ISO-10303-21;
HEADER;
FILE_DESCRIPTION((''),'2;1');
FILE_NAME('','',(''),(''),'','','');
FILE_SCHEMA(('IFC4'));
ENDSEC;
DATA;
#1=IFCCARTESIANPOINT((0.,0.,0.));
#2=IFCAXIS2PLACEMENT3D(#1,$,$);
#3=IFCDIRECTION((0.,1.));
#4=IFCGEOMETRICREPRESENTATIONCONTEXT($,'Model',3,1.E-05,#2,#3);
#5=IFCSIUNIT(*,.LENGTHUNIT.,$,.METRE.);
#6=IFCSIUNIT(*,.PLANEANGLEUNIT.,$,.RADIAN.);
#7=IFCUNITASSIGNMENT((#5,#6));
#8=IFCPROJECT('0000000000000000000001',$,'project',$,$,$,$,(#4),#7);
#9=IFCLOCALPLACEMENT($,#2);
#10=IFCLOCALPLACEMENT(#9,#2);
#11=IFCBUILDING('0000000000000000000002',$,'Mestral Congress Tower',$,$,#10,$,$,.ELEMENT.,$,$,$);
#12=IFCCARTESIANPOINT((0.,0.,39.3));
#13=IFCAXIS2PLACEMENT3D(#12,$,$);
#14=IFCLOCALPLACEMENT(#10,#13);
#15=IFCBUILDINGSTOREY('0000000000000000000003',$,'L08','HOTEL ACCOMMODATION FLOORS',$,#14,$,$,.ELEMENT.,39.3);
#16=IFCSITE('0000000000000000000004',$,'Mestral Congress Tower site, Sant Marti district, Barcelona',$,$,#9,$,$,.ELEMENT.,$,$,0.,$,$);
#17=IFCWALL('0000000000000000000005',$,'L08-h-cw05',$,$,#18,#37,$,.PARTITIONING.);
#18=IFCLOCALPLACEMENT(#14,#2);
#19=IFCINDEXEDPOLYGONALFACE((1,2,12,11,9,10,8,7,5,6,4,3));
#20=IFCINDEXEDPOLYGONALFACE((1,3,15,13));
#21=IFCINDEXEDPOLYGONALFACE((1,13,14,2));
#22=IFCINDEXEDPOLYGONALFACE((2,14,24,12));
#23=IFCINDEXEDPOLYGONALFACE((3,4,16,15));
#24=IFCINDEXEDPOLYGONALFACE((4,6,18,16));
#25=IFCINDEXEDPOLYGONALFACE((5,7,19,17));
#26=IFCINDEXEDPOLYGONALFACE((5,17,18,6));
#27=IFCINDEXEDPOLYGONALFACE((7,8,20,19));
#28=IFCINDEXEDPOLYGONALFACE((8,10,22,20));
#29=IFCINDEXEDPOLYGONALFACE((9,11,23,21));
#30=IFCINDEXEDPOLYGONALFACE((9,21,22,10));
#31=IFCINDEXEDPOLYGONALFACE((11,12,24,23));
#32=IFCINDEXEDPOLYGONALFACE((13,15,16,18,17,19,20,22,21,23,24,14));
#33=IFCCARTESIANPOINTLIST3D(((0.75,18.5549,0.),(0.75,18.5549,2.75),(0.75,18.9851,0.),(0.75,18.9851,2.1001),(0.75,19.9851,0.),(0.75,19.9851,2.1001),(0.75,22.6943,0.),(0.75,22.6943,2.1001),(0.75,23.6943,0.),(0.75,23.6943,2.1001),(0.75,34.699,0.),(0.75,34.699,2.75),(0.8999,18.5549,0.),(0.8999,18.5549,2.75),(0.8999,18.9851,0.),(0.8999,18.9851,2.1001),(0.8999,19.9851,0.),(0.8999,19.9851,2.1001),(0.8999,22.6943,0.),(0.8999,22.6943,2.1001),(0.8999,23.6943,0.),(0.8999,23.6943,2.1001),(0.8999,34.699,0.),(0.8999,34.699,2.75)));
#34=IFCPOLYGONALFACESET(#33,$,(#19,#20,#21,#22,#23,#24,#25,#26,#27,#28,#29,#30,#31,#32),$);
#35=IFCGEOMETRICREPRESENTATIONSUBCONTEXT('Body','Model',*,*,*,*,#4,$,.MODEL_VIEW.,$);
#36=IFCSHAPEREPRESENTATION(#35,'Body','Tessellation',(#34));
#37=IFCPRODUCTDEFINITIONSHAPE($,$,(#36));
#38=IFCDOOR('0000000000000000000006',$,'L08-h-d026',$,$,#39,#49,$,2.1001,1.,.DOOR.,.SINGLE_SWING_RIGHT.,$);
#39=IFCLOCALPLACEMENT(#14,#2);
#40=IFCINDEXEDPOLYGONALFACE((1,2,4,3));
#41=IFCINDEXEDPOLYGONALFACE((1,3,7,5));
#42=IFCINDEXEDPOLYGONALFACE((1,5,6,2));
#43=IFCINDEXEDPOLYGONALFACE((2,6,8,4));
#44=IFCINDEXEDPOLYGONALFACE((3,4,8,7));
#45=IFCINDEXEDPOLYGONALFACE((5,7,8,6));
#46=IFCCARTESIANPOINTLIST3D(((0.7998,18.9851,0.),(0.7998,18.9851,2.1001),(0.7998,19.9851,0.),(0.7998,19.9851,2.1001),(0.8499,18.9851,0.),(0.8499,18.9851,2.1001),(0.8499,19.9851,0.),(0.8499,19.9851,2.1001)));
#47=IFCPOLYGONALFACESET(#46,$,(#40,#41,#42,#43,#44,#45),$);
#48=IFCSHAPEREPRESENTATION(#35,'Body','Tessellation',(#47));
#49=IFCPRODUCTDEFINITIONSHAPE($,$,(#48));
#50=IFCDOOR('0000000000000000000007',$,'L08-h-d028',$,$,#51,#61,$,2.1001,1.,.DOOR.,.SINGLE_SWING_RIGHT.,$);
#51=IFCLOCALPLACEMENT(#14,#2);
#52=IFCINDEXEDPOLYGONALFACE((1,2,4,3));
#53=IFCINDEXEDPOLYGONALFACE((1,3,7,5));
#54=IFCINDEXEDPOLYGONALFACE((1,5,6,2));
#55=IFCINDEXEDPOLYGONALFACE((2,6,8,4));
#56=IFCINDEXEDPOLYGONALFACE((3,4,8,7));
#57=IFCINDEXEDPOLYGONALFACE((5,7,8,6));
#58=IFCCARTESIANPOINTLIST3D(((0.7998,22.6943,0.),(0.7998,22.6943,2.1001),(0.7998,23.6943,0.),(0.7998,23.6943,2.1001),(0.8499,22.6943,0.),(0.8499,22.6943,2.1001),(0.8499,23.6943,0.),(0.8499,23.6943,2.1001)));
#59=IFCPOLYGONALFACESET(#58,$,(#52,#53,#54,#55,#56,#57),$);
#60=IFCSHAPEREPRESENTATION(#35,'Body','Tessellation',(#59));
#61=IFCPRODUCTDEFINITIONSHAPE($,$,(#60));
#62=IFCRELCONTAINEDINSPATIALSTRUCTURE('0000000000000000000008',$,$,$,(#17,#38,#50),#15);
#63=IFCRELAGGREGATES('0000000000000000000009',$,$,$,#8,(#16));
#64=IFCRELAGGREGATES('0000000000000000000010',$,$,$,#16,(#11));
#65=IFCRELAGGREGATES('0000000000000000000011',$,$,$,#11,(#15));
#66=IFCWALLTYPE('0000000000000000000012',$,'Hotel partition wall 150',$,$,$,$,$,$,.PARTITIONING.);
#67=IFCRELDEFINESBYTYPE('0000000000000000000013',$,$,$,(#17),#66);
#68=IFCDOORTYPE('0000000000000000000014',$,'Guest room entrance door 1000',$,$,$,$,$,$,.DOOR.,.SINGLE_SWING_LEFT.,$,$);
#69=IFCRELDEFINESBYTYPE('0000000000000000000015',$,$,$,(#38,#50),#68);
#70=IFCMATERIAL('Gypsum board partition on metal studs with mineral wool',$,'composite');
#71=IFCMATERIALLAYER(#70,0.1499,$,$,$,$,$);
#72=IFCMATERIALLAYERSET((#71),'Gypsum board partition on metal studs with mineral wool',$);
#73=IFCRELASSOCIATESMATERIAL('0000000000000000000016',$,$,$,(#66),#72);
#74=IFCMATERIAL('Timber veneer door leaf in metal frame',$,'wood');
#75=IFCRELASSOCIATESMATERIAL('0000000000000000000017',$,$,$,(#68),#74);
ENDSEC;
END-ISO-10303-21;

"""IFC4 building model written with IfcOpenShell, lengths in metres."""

from ifc_helpers import new_model, si_unit, direction, frame, frame_2d, origin, place, context, subcontext, project, spatial, rectangle, extrude, material, layer, layer_set, type_object, element, fill, save


model = new_model("IFC4")

# Units and contexts
model_context = context("Model", 3, precision=1e-05, world=origin(), true_north=direction((0.0, 1.0)))
body_context = subcontext(model_context, "Body", "Model", "MODEL_VIEW")
ifc_project = project(units=[si_unit("LENGTHUNIT", "METRE"), si_unit("PLANEANGLEUNIT", "RADIAN")], contexts=[model_context])

# Site, building, storey
site_placement = place(None, origin())
site = spatial("IfcSite", under=ifc_project, at=site_placement, Name="Mestral Congress Tower site, Sant Marti district, Barcelona", CompositionType="ELEMENT", RefElevation=0.0)
building_placement = place(site_placement, origin())
building = spatial("IfcBuilding", under=site, at=building_placement, Name="Mestral Congress Tower", CompositionType="ELEMENT")
storey_placement = place(building_placement, frame((0.0, 0.0, 39.3)))
storey = spatial("IfcBuildingStorey", under=building, at=storey_placement, Name="L08", Description="HOTEL ACCOMMODATION FLOORS", CompositionType="ELEMENT", Elevation=39.3)

# Shared definitions
ifc_material_1 = material(Name="Gypsum board partition on metal studs with mineral wool", Category="composite")

# Wall, openings, doors
ifc_layer_1 = layer(ifc_material_1, 0.1499)
ifc_layer_set_1 = layer_set([ifc_layer_1], Name="Gypsum board partition on metal studs with mineral wool")
wall_type_1 = type_object("IfcWallType", Name="Hotel partition wall 150", PredefinedType="PARTITIONING", material=ifc_layer_set_1)
wall_1_placement = place(storey_placement, frame((0.825, 34.699, 0.0), z_axis=(0.0, 0.0, 1.0), x_axis=(0.0, -1.0, 0.0)))
wall_1 = element("IfcWall", 1, at=wall_1_placement, inside=storey, type_object=wall_type_1, Name="L08-h-cw05", PredefinedType="PARTITIONING", context=body_context, shape_type="SweptSolid", body=[
    extrude(rectangle(XDim=16.144, YDim=0.1499, at=frame_2d((8.072, 0.0))), origin(), (0.0, 0.0, 1.0), 2.75),
])
opening_1_placement = place(wall_1_placement, frame((14.7139, 0.0, 0.0)))
opening_1 = element("IfcOpeningElement", 2, at=opening_1_placement, cuts=wall_1, PredefinedType="OPENING", context=body_context, shape_type="SweptSolid", body=[
    extrude(rectangle(XDim=1.0, YDim=2.1001, at=frame_2d((0.5, 1.05))), frame((0.0, 0.085, 0.0), z_axis=(0.0, -1.0, 0.0), x_axis=(1.0, 0.0, 0.0)), (0.0, 0.0, 1.0), 0.1699),
])
opening_2_placement = place(wall_1_placement, frame((11.0046, 0.0, 0.0)))
opening_2 = element("IfcOpeningElement", 3, at=opening_2_placement, cuts=wall_1, PredefinedType="OPENING", context=body_context, shape_type="SweptSolid", body=[
    extrude(rectangle(XDim=1.0, YDim=2.1001, at=frame_2d((0.5, 1.05))), frame((0.0, 0.085, 0.0), z_axis=(0.0, -1.0, 0.0), x_axis=(1.0, 0.0, 0.0)), (0.0, 0.0, 1.0), 0.1699),
])
ifc_material_2 = material(Name="Timber veneer door leaf in metal frame", Category="wood")
door_type_1 = type_object("IfcDoorType", Name="Guest room entrance door 1000", OperationType="SINGLE_SWING_LEFT", PredefinedType="DOOR", material=ifc_material_2)
door_1_placement = place(opening_1_placement, origin())
door_1 = element("IfcDoor", 4, at=door_1_placement, inside=storey, type_object=door_type_1, Name="L08-h-d026", OperationType="SINGLE_SWING_RIGHT", OverallHeight=2.1001, OverallWidth=1.0, PredefinedType="DOOR", context=body_context, shape_type="SweptSolid", body=[
    extrude(rectangle(XDim=1.0, YDim=2.1001, at=frame_2d((0.5, 1.05))), frame((0.0, 0.0249, 0.0), z_axis=(0.0, -1.0, 0.0), x_axis=(1.0, 0.0, 0.0)), (0.0, 0.0, 1.0), 0.05),
])
fill(opening_1, door_1)
door_2_placement = place(opening_2_placement, origin())
door_2 = element("IfcDoor", 5, at=door_2_placement, inside=storey, type_object=door_type_1, Name="L08-h-d028", OperationType="SINGLE_SWING_RIGHT", OverallHeight=2.1001, OverallWidth=1.0, PredefinedType="DOOR", context=body_context, shape_type="SweptSolid", body=[
    extrude(rectangle(XDim=1.0, YDim=2.1001, at=frame_2d((0.5, 1.05))), frame((0.0, 0.0249, 0.0), z_axis=(0.0, -1.0, 0.0), x_axis=(1.0, 0.0, 0.0)), (0.0, 0.0, 1.0), 0.05),
])
fill(opening_2, door_2)

save(model, "model.ifc")
